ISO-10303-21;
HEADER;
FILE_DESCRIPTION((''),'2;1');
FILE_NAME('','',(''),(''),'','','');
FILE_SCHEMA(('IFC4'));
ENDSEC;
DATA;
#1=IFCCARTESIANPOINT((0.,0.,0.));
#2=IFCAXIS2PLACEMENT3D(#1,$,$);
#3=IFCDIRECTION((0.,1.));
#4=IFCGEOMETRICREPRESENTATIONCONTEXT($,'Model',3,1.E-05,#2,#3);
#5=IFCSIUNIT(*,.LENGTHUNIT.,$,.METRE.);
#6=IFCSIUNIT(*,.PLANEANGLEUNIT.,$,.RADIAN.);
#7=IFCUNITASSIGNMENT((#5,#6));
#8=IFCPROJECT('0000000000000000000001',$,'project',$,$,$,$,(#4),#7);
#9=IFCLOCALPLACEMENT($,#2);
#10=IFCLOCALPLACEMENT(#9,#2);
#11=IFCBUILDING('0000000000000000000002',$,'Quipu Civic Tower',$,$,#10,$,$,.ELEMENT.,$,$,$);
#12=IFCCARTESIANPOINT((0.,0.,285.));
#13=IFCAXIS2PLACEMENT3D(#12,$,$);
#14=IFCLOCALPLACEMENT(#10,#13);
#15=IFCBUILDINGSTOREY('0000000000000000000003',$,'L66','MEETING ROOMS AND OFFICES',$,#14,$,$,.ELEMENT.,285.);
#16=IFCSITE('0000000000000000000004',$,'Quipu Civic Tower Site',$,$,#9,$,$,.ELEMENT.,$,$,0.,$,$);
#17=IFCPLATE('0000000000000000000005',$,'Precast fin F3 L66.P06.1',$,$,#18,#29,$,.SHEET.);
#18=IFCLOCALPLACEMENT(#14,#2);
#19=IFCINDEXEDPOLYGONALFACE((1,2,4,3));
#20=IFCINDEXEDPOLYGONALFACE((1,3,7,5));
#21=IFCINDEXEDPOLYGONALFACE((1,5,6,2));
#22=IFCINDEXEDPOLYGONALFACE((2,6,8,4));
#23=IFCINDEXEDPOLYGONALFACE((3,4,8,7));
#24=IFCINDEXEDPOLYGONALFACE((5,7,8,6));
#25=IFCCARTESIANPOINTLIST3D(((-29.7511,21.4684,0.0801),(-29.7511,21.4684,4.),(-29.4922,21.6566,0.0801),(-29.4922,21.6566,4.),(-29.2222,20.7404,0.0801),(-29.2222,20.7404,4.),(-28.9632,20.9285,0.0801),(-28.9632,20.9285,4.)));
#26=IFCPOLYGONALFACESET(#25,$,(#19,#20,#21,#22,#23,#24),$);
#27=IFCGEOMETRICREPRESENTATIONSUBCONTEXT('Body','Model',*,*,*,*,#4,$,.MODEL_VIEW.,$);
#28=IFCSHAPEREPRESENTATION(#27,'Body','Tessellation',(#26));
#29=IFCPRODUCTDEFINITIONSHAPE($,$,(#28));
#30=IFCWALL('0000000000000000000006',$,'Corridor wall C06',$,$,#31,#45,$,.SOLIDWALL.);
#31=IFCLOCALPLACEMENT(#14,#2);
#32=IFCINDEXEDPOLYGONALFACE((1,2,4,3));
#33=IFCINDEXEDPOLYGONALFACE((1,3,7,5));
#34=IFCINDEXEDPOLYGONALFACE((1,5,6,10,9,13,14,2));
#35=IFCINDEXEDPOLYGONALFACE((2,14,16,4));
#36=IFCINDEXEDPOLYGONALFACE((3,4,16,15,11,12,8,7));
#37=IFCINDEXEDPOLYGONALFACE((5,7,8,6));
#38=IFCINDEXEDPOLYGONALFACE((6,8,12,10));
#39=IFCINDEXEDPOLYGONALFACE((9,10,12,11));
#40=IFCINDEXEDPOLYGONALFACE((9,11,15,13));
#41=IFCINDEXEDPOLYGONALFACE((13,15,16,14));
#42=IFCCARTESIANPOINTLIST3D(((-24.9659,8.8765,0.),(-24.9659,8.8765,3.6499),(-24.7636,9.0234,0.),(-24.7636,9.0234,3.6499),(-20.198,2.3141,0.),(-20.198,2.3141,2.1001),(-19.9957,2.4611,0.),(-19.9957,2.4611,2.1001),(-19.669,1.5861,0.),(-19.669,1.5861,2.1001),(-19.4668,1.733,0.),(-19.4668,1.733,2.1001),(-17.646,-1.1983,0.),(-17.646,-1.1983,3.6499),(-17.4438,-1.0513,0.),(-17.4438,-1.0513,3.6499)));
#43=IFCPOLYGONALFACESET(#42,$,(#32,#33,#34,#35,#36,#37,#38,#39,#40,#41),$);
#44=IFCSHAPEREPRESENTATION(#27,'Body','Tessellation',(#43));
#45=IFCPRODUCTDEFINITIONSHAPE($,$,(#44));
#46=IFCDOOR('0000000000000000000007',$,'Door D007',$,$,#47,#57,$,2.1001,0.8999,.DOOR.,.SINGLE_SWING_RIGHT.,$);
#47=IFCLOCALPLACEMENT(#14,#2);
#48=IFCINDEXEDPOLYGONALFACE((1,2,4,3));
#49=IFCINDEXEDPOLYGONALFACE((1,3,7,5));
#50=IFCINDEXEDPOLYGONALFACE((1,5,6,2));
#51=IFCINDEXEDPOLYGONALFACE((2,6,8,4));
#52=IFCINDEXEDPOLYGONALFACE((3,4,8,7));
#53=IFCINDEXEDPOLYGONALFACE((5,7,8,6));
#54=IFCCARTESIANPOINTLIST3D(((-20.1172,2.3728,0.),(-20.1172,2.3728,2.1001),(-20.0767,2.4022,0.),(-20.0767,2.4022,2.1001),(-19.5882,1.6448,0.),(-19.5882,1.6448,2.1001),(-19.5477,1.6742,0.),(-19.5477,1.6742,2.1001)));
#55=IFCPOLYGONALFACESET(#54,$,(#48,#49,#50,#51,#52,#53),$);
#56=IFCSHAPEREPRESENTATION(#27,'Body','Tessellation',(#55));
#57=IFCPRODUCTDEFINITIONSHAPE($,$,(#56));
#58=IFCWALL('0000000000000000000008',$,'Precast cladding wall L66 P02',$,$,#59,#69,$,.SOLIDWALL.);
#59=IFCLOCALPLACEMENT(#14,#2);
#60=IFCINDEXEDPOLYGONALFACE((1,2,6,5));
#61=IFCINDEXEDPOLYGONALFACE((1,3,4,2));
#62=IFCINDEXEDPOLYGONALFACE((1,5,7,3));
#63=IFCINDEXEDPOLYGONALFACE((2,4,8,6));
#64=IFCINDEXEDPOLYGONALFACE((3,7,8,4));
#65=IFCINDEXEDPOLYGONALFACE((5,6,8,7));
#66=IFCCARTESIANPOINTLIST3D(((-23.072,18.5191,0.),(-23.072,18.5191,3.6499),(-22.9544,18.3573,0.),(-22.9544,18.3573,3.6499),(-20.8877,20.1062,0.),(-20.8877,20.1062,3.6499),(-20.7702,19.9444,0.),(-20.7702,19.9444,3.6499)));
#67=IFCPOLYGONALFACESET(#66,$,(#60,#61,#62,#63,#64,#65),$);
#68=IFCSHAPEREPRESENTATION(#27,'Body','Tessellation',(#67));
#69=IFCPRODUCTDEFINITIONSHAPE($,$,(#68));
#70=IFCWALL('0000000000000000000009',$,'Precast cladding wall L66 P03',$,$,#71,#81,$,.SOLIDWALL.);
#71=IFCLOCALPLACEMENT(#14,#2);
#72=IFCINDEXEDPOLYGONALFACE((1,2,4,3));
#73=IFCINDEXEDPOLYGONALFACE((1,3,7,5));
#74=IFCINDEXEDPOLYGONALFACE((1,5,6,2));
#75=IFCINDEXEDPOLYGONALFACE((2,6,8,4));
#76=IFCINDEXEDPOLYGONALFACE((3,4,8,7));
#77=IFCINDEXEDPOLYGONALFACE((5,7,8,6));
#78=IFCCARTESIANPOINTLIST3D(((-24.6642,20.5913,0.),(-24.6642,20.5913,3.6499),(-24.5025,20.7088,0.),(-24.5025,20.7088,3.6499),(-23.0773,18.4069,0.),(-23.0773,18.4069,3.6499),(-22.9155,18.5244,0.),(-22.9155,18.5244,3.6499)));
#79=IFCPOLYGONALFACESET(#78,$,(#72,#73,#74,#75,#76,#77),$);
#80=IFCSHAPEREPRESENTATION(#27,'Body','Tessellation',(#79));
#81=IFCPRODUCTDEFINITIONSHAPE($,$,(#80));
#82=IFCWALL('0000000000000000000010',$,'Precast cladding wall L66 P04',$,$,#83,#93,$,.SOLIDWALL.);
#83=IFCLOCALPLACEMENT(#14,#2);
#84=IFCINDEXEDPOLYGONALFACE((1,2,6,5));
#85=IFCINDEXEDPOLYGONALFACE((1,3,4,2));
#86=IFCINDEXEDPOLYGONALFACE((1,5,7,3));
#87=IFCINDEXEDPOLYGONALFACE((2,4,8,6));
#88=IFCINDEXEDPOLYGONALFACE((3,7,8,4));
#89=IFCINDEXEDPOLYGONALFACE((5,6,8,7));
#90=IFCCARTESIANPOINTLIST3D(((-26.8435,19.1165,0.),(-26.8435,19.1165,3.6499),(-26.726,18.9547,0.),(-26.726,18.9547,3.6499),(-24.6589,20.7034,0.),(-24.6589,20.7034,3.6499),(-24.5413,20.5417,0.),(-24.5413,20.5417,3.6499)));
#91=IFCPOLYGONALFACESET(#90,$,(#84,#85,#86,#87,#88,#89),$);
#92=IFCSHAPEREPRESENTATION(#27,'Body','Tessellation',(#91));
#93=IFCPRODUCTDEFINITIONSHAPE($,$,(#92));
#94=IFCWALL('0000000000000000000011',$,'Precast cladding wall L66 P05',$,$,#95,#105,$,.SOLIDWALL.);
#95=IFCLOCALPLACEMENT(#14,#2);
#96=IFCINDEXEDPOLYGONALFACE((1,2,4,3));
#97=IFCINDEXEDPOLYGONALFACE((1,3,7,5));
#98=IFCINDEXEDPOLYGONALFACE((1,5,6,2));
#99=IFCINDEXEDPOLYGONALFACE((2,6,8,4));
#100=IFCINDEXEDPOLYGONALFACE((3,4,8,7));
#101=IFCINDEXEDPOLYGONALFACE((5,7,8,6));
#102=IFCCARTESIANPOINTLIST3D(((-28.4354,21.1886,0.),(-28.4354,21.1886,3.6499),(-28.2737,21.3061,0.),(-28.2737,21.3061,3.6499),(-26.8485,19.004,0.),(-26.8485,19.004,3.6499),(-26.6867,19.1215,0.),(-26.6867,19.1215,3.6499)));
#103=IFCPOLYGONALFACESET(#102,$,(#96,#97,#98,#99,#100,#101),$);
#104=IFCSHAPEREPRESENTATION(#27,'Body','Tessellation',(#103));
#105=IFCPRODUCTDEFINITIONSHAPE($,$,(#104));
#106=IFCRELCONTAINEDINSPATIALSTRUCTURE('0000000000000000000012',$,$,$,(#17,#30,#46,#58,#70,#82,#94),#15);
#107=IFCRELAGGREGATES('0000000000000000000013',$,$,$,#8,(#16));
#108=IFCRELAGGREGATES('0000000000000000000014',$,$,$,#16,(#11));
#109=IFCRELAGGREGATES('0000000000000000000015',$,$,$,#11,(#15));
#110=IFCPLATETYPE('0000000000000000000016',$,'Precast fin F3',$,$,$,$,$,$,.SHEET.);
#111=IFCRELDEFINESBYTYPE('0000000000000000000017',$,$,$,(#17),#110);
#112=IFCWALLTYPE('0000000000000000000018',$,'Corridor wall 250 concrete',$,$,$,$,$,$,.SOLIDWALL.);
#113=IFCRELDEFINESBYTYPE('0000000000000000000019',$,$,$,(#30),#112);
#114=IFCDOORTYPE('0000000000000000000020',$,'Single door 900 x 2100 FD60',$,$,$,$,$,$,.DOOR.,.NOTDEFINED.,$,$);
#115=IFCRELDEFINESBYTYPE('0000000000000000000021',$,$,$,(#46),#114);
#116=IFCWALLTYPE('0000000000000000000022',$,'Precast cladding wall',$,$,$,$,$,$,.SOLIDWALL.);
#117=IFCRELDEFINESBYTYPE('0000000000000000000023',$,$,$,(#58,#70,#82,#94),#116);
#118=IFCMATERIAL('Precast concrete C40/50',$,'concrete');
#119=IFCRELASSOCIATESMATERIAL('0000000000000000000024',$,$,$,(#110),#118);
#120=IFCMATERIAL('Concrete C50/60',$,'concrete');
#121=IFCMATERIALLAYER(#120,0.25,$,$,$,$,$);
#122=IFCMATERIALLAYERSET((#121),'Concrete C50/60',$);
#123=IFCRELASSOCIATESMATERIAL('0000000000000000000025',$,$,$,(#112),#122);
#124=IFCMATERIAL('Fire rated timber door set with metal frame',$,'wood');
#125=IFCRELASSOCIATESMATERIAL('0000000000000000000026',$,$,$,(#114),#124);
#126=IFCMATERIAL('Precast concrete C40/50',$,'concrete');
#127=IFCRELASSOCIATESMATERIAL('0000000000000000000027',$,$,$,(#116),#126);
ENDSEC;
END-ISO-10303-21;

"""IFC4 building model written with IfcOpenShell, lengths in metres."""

from ifc_helpers import new_model, si_unit, direction, frame, frame_2d, origin, origin_2d, place, context, subcontext, project, spatial, rectangle, extrude, material, layer, layer_set, type_object, element, fill, save


model = new_model("IFC4")

# Units and contexts
model_context = context("Model", 3, precision=1e-05, world=origin(), true_north=direction((0.0, 1.0)))
body_context = subcontext(model_context, "Body", "Model", "MODEL_VIEW")
ifc_project = project(units=[si_unit("LENGTHUNIT", "METRE"), si_unit("PLANEANGLEUNIT", "RADIAN")], contexts=[model_context])

# Site, building, storey
site_placement = place(None, origin())
site = spatial("IfcSite", under=ifc_project, at=site_placement, Name="Quipu Civic Tower Site", CompositionType="ELEMENT", RefElevation=0.0)
building_placement = place(site_placement, origin())
building = spatial("IfcBuilding", under=site, at=building_placement, Name="Quipu Civic Tower", CompositionType="ELEMENT")
storey_placement = place(building_placement, frame((0.0, 0.0, 285.0)))
storey = spatial("IfcBuildingStorey", under=building, at=storey_placement, Name="L66", Description="MEETING ROOMS AND OFFICES", CompositionType="ELEMENT", Elevation=285.0)

# Plate
ifc_material_1 = material(Name="Precast concrete C40/50", Category="concrete")
plate_type = type_object("IfcPlateType", Name="Precast fin F3", PredefinedType="SHEET", material=ifc_material_1)
for number, where, z_axis, x_axis, name in (
    (1, (-29.3572, 21.1985, 0.0801), (0.0, 0.0, 1.0), (-0.809017, -0.587785, 0.0), "Precast fin F3 L66.P06.1"),
):
    element("IfcPlate", number, at=place(storey_placement, frame(where, z_axis=z_axis, x_axis=x_axis)), inside=storey, type_object=plate_type, Name=name, PredefinedType="SHEET", context=body_context, shape_type="SweptSolid", body=[
        extrude(rectangle(XDim=0.3201, YDim=0.8999, at=origin_2d()), origin(), (0.0, 0.0, 1.0), 3.9199),
    ])

# Wall, opening, door
ifc_material_2 = material(Name="Concrete C50/60", Category="concrete")
ifc_layer = layer(ifc_material_2, 0.25)
ifc_layer_set = layer_set([ifc_layer], Name="Concrete C50/60")
wall_type_1 = type_object("IfcWallType", Name="Corridor wall 250 concrete", PredefinedType="SOLIDWALL", material=ifc_layer_set)
wall_placement = place(storey_placement, frame((-24.8647, 8.95, 0.0), z_axis=(0.0, 0.0, 1.0), x_axis=(0.587792, -0.809012, 0.0)))
wall = element("IfcWall", 2, at=wall_placement, inside=storey, type_object=wall_type_1, Name="Corridor wall C06", PredefinedType="SOLIDWALL", context=body_context, shape_type="SweptSolid", body=[
    extrude(rectangle(XDim=12.4531, YDim=0.25, at=frame_2d((6.2266, 0.0))), origin(), (0.0, 0.0, 1.0), 3.6499),
])
opening_placement = place(wall_placement, frame((8.1116, 0.0, 0.0)))
opening = element("IfcOpeningElement", 3, at=opening_placement, cuts=wall, PredefinedType="OPENING", context=body_context, shape_type="SweptSolid", body=[
    extrude(rectangle(XDim=0.8999, YDim=2.1001, at=frame_2d((0.45, 1.05))), frame((0.0, 0.135, 0.0), z_axis=(0.0, -1.0, 0.0), x_axis=(1.0, 0.0, 0.0)), (0.0, 0.0, 1.0), 0.27),
])
ifc_material_3 = material(Name="Fire rated timber door set with metal frame", Category="wood")
door_type = type_object("IfcDoorType", Name="Single door 900 x 2100 FD60", OperationType="NOTDEFINED", PredefinedType="DOOR", material=ifc_material_3)
door_placement = place(opening_placement, origin())
door = element("IfcDoor", 4, at=door_placement, inside=storey, type_object=door_type, Name="Door D007", OperationType="SINGLE_SWING_RIGHT", OverallHeight=2.1001, OverallWidth=0.8999, PredefinedType="DOOR", context=body_context, shape_type="SweptSolid", body=[
    extrude(rectangle(XDim=0.8999, YDim=2.1001, at=frame_2d((0.45, 1.05))), frame((0.0, 0.0249, 0.0), z_axis=(0.0, -1.0, 0.0), x_axis=(1.0, 0.0, 0.0)), (0.0, 0.0, 1.0), 0.05),
])
fill(opening, door)

# Walls
ifc_material_4 = material(Name="Precast concrete C40/50", Category="concrete")
wall_type_2 = type_object("IfcWallType", Name="Precast cladding wall", PredefinedType="SOLIDWALL", material=ifc_material_4)
for number, where, z_axis, x_axis, name in (
    (5, (-20.8289, 20.0254, 0.0), (0.0, 0.0, 1.0), (-0.80899, -0.587822, 0.0), "Precast cladding wall L66 P02"),
    (6, (-22.9963, 18.4656, 0.0), (0.0, 0.0, 1.0), (-0.587763, 0.809033, 0.0), "Precast cladding wall L66 P03"),
):
    element("IfcWall", number, at=place(storey_placement, frame(where, z_axis=z_axis, x_axis=x_axis)), inside=storey, type_object=wall_type_2, Name=name, PredefinedType="SOLIDWALL", context=body_context, shape_type="SweptSolid", body=[
        extrude(rectangle(XDim=2.7, YDim=0.2, at=frame_2d((1.3501, 0.0))), origin(), (0.0, 0.0, 1.0), 3.6499),
    ])
for number, where, z_axis, x_axis, name in (
    (7, (-24.6001, 20.6226, 0.0), (0.0, 0.0, 1.0), (-0.809064, -0.58772, 0.0), "Precast cladding wall L66 P04"),
    (8, (-26.7676, 19.0627, 0.0), (0.0, 0.0, 1.0), (-0.58772, 0.809064, 0.0), "Precast cladding wall L66 P05"),
):
    element("IfcWall", number, at=place(storey_placement, frame(where, z_axis=z_axis, x_axis=x_axis)), inside=storey, type_object=wall_type_2, Name=name, PredefinedType="SOLIDWALL", context=body_context, shape_type="SweptSolid", body=[
        extrude(rectangle(XDim=2.7002, YDim=0.2, at=frame_2d((1.3501, 0.0))), origin(), (0.0, 0.0, 1.0), 3.6499),
    ])

save(model, "model.ifc")
